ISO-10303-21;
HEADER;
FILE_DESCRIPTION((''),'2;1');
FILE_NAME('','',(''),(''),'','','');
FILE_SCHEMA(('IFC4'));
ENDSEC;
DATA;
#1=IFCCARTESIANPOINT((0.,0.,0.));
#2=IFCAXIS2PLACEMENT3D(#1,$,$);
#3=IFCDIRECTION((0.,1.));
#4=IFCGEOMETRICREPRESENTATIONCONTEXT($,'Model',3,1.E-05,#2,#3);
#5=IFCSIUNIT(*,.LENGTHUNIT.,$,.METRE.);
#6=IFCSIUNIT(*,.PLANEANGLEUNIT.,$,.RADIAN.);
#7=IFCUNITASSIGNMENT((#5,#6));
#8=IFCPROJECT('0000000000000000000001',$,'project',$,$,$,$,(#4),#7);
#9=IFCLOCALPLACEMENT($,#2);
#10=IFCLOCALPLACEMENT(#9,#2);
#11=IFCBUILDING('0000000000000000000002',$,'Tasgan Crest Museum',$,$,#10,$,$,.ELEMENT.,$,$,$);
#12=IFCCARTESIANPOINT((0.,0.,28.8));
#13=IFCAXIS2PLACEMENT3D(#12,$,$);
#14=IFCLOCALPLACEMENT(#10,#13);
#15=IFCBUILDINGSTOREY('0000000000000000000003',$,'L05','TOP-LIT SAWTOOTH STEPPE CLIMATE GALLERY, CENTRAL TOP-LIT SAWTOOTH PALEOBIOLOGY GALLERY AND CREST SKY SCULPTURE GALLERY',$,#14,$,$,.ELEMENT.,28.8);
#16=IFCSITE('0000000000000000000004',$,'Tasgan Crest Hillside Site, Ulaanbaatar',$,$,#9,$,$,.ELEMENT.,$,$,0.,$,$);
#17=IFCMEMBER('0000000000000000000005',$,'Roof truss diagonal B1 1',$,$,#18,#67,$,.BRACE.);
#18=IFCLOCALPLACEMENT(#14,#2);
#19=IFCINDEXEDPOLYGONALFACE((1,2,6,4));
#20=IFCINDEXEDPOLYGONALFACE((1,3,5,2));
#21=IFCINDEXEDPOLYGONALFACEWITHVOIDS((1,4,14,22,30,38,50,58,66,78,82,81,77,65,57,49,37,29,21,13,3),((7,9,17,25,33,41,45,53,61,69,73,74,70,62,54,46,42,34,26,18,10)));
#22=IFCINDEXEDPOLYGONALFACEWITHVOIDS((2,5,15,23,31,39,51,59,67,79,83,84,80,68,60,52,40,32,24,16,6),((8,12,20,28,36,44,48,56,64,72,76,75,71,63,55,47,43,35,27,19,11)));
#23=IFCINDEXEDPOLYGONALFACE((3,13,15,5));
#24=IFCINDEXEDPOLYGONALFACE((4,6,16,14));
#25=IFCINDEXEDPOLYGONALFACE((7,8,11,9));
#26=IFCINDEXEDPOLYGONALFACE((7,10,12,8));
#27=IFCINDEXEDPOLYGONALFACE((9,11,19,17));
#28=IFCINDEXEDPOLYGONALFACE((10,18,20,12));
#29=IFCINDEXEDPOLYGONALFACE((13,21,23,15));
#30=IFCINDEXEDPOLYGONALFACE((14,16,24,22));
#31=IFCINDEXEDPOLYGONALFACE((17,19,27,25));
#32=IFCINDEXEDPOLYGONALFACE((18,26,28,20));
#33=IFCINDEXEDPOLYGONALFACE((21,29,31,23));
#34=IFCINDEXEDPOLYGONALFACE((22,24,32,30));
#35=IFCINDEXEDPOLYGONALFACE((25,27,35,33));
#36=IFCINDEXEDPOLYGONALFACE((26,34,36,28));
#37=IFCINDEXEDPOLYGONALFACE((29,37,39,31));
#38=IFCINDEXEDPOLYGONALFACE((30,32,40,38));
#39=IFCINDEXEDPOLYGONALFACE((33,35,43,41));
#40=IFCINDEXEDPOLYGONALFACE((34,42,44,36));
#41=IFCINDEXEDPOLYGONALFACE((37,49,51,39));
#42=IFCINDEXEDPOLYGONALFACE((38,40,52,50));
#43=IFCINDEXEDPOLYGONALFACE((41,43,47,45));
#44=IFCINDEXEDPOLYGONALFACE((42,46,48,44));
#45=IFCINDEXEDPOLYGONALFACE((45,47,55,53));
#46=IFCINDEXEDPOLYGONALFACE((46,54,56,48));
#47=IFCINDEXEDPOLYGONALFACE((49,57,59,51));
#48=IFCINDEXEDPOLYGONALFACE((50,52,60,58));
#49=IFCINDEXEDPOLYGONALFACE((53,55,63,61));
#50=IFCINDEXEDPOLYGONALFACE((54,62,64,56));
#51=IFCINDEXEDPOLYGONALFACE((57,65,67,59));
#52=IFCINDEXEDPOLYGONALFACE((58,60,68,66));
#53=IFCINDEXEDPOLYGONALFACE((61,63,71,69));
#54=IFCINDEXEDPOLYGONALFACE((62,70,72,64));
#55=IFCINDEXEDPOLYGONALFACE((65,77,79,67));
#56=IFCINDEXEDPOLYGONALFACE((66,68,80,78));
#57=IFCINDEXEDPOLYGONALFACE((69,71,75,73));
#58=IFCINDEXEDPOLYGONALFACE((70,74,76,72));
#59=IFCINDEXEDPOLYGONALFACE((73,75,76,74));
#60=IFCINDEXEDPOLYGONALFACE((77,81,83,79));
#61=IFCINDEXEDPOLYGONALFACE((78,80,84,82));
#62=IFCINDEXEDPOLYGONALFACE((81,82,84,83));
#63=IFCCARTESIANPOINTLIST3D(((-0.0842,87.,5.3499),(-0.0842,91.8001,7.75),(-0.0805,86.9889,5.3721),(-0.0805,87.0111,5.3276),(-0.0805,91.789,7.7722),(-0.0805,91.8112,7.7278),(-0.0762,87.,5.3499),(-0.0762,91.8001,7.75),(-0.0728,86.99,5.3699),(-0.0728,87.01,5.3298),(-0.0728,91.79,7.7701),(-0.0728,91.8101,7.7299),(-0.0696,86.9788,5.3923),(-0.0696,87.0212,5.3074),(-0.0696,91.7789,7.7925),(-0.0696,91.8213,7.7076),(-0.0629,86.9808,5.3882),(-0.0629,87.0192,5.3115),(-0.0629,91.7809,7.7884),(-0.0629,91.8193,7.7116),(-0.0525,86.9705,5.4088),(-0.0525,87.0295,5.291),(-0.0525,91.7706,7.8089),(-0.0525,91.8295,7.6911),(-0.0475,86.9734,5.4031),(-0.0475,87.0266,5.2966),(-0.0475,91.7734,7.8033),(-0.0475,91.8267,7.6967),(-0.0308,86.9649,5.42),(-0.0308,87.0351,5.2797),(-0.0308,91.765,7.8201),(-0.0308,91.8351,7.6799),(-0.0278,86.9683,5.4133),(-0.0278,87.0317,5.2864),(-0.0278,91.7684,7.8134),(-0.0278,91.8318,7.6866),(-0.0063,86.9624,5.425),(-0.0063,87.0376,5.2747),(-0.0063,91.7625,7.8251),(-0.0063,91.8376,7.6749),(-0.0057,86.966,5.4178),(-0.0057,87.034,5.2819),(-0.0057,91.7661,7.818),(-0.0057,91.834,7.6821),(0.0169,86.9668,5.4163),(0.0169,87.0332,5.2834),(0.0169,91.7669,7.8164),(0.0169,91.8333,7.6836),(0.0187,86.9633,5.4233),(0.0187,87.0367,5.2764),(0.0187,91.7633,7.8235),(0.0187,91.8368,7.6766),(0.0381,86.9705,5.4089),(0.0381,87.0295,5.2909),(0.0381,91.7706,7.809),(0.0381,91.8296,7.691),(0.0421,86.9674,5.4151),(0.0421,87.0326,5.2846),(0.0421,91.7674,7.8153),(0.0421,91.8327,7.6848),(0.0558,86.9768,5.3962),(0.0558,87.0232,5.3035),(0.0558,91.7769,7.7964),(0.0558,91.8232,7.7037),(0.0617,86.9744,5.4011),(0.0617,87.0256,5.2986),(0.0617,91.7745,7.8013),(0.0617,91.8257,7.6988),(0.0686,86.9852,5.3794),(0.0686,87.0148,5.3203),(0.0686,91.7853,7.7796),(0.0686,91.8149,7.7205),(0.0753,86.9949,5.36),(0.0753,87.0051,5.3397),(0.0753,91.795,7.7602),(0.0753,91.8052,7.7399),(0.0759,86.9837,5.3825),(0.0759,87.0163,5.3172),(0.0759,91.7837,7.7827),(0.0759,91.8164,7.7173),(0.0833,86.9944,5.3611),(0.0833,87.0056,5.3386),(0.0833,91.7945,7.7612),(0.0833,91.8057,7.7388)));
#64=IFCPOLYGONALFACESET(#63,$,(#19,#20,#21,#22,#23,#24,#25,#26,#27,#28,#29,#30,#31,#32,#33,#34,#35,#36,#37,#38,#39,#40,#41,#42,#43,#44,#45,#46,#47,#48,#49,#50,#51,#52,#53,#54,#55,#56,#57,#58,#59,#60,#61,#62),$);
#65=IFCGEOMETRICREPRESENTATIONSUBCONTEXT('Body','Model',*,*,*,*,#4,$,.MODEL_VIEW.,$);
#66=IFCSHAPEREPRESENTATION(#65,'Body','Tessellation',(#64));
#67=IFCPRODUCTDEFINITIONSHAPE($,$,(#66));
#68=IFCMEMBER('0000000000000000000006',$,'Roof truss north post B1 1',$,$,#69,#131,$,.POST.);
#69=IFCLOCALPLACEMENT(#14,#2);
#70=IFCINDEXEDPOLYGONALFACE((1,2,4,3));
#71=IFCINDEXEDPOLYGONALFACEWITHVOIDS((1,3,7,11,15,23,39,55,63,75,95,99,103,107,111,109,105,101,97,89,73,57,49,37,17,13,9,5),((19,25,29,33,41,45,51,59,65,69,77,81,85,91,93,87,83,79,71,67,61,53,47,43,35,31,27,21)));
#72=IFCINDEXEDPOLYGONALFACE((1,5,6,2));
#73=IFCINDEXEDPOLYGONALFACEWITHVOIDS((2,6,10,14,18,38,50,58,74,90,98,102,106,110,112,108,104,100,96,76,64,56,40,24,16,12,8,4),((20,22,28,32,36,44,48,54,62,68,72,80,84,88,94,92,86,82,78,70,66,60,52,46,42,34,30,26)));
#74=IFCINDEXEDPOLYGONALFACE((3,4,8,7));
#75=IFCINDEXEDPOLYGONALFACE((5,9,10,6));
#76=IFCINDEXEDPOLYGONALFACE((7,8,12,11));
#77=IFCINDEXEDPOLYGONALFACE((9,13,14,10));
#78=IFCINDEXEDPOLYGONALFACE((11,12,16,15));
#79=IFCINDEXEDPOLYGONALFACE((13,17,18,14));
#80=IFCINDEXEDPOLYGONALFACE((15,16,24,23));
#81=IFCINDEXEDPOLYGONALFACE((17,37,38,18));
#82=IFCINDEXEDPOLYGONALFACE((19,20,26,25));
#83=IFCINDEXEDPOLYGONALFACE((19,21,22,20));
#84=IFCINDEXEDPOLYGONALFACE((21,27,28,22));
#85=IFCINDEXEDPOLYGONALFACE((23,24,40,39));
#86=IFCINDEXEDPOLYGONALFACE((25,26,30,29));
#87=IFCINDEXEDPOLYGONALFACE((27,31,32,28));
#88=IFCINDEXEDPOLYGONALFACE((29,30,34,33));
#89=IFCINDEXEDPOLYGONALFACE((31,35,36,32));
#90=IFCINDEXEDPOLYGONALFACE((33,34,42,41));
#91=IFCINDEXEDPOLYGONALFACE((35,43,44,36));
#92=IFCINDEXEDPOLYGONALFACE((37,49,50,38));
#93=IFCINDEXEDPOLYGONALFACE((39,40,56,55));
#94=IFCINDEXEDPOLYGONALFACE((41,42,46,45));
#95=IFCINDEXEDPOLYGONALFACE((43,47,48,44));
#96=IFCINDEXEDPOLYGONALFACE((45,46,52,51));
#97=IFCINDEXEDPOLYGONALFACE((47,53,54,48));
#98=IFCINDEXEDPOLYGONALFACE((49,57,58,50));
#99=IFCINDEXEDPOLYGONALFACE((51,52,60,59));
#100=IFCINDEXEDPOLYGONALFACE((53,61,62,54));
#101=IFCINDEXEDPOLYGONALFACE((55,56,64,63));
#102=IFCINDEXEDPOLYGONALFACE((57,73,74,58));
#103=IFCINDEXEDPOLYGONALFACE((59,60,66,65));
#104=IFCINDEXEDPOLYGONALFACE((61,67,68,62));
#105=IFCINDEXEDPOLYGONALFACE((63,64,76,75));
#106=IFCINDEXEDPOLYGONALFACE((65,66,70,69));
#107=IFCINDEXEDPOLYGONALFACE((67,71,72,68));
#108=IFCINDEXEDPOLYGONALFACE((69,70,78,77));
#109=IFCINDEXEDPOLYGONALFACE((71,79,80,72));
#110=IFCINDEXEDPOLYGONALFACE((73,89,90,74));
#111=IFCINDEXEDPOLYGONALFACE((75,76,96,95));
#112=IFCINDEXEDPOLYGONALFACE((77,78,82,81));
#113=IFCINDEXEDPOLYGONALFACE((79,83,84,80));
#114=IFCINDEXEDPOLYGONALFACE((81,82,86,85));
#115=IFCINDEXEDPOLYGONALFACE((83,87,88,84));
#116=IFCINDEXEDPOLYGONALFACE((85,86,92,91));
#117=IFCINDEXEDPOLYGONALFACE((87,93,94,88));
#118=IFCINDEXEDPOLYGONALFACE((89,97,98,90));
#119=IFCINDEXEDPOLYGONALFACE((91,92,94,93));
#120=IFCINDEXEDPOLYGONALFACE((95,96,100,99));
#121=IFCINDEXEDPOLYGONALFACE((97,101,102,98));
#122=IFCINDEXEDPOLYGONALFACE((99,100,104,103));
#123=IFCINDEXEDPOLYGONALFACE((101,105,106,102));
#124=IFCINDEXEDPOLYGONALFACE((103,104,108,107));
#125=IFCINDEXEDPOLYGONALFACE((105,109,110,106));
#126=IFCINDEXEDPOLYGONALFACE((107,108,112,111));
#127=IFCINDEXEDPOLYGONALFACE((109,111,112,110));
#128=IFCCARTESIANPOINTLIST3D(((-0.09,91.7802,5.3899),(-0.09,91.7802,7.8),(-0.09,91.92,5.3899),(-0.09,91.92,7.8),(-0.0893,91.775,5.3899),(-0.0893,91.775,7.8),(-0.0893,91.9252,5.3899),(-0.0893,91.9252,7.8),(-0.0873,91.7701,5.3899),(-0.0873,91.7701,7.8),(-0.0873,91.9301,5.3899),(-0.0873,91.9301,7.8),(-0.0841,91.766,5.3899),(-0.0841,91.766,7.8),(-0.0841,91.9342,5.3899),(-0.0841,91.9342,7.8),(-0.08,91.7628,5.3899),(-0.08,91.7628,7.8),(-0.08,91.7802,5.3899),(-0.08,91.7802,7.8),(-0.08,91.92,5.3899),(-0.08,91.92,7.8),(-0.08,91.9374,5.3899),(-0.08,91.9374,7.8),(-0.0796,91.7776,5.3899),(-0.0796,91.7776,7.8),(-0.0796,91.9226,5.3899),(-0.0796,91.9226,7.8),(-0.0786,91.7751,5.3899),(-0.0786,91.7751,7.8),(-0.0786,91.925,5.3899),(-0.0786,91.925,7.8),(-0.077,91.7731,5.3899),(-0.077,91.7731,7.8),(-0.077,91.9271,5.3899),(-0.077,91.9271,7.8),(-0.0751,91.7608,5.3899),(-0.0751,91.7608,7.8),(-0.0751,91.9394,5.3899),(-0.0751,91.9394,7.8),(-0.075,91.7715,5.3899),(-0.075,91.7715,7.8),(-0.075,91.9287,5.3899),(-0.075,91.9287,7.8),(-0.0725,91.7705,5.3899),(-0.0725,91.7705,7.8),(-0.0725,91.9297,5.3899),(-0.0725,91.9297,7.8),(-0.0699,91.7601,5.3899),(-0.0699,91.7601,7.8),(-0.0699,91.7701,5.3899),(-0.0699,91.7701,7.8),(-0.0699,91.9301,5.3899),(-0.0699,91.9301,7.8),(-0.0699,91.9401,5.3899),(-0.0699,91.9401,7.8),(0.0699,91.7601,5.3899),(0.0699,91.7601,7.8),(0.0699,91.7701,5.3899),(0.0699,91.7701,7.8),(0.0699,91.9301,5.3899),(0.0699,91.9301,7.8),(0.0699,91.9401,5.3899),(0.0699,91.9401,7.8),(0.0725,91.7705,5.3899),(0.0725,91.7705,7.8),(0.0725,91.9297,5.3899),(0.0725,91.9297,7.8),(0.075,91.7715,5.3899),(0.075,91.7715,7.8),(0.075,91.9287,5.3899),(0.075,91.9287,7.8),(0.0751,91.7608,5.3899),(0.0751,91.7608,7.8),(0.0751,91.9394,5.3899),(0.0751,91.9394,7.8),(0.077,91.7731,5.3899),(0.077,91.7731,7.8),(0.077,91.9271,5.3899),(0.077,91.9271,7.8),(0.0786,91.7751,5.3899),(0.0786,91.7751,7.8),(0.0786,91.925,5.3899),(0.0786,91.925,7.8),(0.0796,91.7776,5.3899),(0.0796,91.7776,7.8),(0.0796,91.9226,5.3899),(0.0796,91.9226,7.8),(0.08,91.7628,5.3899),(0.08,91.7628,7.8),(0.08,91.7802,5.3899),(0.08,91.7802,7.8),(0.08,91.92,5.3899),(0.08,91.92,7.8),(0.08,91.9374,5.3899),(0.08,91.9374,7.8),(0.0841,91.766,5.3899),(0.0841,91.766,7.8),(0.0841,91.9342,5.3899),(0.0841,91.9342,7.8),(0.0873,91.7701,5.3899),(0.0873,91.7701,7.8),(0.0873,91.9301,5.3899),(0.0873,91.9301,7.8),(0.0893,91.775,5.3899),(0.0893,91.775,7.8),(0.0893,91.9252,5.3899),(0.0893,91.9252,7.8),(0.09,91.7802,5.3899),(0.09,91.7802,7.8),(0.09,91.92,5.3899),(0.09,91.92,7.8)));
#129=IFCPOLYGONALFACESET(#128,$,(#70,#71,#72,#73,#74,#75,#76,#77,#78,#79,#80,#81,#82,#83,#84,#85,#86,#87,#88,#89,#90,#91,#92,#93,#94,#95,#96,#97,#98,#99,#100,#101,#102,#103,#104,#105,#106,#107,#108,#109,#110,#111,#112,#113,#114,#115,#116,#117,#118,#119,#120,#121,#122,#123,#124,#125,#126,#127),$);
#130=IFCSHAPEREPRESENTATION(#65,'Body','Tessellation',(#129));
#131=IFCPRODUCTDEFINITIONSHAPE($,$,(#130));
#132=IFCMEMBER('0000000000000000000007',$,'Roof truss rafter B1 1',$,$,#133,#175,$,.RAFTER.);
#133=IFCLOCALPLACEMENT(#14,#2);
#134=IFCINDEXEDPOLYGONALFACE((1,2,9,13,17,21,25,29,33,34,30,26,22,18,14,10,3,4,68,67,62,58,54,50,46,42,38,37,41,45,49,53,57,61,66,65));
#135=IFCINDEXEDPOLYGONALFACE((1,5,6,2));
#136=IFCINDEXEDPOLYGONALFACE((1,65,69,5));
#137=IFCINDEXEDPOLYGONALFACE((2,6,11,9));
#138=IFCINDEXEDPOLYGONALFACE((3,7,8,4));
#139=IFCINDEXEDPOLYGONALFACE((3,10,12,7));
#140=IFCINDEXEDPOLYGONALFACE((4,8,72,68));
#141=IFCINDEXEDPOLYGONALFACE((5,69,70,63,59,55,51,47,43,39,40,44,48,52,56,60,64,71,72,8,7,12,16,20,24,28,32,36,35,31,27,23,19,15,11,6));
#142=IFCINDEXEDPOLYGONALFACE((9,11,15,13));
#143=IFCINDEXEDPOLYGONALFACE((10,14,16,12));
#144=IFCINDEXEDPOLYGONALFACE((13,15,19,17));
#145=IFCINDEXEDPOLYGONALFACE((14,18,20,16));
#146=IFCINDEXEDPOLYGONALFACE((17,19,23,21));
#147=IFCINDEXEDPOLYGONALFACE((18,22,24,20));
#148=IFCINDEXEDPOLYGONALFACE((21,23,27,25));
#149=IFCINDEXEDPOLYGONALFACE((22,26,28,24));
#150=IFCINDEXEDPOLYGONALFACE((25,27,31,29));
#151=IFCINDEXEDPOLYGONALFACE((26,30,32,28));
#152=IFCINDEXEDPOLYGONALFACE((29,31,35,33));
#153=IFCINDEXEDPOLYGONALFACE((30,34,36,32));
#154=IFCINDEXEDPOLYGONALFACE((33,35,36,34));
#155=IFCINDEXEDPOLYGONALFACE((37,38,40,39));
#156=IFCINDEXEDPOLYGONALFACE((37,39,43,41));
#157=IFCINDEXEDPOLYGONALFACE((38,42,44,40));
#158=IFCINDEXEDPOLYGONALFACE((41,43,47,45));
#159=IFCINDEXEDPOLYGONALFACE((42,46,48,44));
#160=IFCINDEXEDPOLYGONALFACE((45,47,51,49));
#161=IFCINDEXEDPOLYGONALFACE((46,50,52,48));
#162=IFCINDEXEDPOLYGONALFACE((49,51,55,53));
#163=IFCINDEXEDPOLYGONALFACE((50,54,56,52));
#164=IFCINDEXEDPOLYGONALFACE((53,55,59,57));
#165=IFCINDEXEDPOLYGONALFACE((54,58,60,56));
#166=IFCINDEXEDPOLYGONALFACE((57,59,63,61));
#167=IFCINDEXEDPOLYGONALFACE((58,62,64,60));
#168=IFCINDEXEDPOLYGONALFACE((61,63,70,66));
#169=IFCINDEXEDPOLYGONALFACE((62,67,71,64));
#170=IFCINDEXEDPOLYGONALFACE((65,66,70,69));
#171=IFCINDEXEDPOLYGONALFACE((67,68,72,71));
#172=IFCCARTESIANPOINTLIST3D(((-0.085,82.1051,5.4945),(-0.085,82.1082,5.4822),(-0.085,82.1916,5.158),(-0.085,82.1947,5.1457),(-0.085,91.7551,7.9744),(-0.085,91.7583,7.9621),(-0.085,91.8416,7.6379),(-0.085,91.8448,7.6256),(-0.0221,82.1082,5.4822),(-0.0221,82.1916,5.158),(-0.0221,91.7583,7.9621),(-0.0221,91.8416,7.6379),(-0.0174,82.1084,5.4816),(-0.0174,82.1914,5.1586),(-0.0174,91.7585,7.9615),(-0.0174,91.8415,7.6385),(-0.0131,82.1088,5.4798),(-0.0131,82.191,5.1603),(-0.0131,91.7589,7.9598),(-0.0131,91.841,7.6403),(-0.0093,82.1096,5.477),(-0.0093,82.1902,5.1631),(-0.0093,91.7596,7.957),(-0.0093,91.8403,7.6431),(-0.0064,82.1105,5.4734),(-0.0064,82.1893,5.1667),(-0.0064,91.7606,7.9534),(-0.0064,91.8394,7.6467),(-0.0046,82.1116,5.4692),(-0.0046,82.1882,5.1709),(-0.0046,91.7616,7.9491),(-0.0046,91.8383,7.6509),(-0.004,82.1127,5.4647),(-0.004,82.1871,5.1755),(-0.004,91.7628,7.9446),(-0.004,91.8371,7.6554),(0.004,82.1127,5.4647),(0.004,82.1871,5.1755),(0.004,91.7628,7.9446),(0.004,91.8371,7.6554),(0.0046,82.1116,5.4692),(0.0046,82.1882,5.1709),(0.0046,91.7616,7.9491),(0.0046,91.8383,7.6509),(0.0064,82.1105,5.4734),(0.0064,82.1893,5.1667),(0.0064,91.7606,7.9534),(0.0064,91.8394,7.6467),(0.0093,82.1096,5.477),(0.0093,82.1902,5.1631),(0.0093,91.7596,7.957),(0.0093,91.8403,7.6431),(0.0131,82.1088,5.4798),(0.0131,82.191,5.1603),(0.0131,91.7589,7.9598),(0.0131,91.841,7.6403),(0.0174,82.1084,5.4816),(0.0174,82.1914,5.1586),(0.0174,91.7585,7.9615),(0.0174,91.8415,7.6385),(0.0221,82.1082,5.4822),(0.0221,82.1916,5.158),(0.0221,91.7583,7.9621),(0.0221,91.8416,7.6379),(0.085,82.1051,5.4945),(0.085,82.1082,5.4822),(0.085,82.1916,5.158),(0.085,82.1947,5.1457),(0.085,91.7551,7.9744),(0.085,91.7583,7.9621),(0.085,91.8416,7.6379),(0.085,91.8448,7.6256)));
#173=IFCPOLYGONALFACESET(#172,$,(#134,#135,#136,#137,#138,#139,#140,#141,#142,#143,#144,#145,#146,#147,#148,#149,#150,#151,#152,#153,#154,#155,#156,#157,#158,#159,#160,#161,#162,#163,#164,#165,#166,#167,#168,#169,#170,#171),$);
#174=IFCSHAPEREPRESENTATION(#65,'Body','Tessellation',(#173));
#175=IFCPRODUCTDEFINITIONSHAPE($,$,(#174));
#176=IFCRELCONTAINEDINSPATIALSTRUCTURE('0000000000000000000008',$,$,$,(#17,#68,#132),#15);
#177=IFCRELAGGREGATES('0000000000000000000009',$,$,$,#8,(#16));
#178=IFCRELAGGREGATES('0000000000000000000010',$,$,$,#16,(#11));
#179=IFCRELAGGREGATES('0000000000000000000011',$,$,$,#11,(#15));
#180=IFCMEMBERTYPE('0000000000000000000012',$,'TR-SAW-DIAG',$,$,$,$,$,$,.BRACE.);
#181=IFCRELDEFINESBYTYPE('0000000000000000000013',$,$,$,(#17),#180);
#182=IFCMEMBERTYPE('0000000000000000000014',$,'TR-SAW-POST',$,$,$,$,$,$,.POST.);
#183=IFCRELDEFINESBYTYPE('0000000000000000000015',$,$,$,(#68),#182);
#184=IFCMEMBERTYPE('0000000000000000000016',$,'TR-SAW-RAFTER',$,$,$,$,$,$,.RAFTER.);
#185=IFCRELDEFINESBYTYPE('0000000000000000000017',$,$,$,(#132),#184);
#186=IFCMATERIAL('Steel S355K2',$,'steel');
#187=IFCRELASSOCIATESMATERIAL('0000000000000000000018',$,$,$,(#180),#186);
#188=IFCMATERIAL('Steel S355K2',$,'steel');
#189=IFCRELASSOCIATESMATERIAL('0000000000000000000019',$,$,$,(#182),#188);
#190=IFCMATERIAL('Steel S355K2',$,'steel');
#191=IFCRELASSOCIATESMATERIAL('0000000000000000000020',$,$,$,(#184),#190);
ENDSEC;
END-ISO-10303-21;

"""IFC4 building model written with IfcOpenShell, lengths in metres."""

from ifc_helpers import new_model, si_unit, direction, frame, origin, origin_2d, place, context, subcontext, project, spatial, hollow_rectangle, hollow_circle, i_section, extrude, material, material_profile, profile_set, type_object, element, save


model = new_model("IFC4")

# Units and contexts
model_context = context("Model", 3, precision=1e-05, world=origin(), true_north=direction((0.0, 1.0)))
body_context = subcontext(model_context, "Body", "Model", "MODEL_VIEW")
ifc_project = project(units=[si_unit("LENGTHUNIT", "METRE"), si_unit("PLANEANGLEUNIT", "RADIAN")], contexts=[model_context])

# Site, building, storey
site_placement = place(None, origin())
site = spatial("IfcSite", under=ifc_project, at=site_placement, Name="Tasgan Crest Hillside Site, Ulaanbaatar", CompositionType="ELEMENT", RefElevation=0.0)
building_placement = place(site_placement, origin())
building = spatial("IfcBuilding", under=site, at=building_placement, Name="Tasgan Crest Museum", CompositionType="ELEMENT")
storey_placement = place(building_placement, frame((0.0, 0.0, 28.8)))
storey = spatial("IfcBuildingStorey", under=building, at=storey_placement, Name="L05", Description="TOP-LIT SAWTOOTH STEPPE CLIMATE GALLERY, CENTRAL TOP-LIT SAWTOOTH PALEOBIOLOGY GALLERY AND CREST SKY SCULPTURE GALLERY", CompositionType="ELEMENT", Elevation=28.8)

# Members
ifc_material_1 = material(Name="Steel S355K2", Category="steel")
ifc_material_profile_1 = material_profile(ifc_material_1, hollow_circle(Radius=0.0842, WallThickness=0.0081, at=origin_2d()), Name="CHS 168.3x8")
ifc_profile_set_1 = profile_set([ifc_material_profile_1], Name="Steel S355K2")
member_type_1 = type_object("IfcMemberType", Name="TR-SAW-DIAG", PredefinedType="BRACE", material=ifc_profile_set_1)
member_1_placement = place(storey_placement, frame((0.0, 87.0, 5.3499), z_axis=(0.0, 0.894418, 0.447232), x_axis=(-1.0, 0.0, 0.0)))
element("IfcMember", 1, at=member_1_placement, inside=storey, type_object=member_type_1, Name="Roof truss diagonal B1 1", PredefinedType="BRACE", context=body_context, shape_type="SweptSolid", body=[
    extrude(hollow_circle(Radius=0.0842, WallThickness=0.0081, at=origin_2d()), origin(), (0.0, 0.0, 1.0), 5.3667),
])
ifc_material_2 = material(Name="Steel S355K2", Category="steel")
ifc_material_profile_2 = material_profile(ifc_material_2, hollow_rectangle(XDim=0.1799, YDim=0.1799, WallThickness=0.01, InnerFilletRadius=0.01, OuterFilletRadius=0.02, at=origin_2d()), Name="SHS 180x180x10")
ifc_profile_set_2 = profile_set([ifc_material_profile_2], Name="Steel S355K2")
member_type_2 = type_object("IfcMemberType", Name="TR-SAW-POST", PredefinedType="POST", material=ifc_profile_set_2)
member_2_placement = place(storey_placement, frame((0.0, 91.8501, 5.3899), z_axis=(0.0, 0.0, 1.0), x_axis=(1.0, 0.0, 0.0)))
element("IfcMember", 2, at=member_2_placement, inside=storey, type_object=member_type_2, Name="Roof truss north post B1 1", PredefinedType="POST", context=body_context, shape_type="SweptSolid", body=[
    extrude(hollow_rectangle(XDim=0.1799, YDim=0.1799, WallThickness=0.01, InnerFilletRadius=0.01, OuterFilletRadius=0.02, at=origin_2d()), origin(), (0.0, 0.0, 1.0), 2.4102),
])
ifc_material_3 = material(Name="Steel S355K2", Category="steel")
ifc_material_profile_3 = material_profile(ifc_material_3, i_section(OverallWidth=0.1699, OverallDepth=0.3601, WebThickness=0.0081, FlangeThickness=0.0127, FilletRadius=0.0181, at=origin_2d()), Name="IPE 360")
ifc_profile_set_3 = profile_set([ifc_material_profile_3], Name="Steel S355K2")
member_type_3 = type_object("IfcMemberType", Name="TR-SAW-RAFTER", PredefinedType="RAFTER", material=ifc_profile_set_3)
for number, where, z_axis, x_axis, name in (
    (3, (0.0, 82.1499, 5.3201), (0.0, 0.968529, 0.248901), (-1.0, 0.0, 0.0), "Roof truss rafter B1 1"),
):
    element("IfcMember", number, at=place(storey_placement, frame(where, z_axis=z_axis, x_axis=x_axis)), inside=storey, type_object=member_type_3, Name=name, PredefinedType="RAFTER", context=body_context, shape_type="SweptSolid", body=[
        extrude(i_section(OverallWidth=0.1699, OverallDepth=0.3601, WebThickness=0.0081, FlangeThickness=0.0127, FilletRadius=0.0181, at=origin_2d()), origin(), (0.0, 0.0, 1.0), 9.9636),
    ])

save(model, "model.ifc")
